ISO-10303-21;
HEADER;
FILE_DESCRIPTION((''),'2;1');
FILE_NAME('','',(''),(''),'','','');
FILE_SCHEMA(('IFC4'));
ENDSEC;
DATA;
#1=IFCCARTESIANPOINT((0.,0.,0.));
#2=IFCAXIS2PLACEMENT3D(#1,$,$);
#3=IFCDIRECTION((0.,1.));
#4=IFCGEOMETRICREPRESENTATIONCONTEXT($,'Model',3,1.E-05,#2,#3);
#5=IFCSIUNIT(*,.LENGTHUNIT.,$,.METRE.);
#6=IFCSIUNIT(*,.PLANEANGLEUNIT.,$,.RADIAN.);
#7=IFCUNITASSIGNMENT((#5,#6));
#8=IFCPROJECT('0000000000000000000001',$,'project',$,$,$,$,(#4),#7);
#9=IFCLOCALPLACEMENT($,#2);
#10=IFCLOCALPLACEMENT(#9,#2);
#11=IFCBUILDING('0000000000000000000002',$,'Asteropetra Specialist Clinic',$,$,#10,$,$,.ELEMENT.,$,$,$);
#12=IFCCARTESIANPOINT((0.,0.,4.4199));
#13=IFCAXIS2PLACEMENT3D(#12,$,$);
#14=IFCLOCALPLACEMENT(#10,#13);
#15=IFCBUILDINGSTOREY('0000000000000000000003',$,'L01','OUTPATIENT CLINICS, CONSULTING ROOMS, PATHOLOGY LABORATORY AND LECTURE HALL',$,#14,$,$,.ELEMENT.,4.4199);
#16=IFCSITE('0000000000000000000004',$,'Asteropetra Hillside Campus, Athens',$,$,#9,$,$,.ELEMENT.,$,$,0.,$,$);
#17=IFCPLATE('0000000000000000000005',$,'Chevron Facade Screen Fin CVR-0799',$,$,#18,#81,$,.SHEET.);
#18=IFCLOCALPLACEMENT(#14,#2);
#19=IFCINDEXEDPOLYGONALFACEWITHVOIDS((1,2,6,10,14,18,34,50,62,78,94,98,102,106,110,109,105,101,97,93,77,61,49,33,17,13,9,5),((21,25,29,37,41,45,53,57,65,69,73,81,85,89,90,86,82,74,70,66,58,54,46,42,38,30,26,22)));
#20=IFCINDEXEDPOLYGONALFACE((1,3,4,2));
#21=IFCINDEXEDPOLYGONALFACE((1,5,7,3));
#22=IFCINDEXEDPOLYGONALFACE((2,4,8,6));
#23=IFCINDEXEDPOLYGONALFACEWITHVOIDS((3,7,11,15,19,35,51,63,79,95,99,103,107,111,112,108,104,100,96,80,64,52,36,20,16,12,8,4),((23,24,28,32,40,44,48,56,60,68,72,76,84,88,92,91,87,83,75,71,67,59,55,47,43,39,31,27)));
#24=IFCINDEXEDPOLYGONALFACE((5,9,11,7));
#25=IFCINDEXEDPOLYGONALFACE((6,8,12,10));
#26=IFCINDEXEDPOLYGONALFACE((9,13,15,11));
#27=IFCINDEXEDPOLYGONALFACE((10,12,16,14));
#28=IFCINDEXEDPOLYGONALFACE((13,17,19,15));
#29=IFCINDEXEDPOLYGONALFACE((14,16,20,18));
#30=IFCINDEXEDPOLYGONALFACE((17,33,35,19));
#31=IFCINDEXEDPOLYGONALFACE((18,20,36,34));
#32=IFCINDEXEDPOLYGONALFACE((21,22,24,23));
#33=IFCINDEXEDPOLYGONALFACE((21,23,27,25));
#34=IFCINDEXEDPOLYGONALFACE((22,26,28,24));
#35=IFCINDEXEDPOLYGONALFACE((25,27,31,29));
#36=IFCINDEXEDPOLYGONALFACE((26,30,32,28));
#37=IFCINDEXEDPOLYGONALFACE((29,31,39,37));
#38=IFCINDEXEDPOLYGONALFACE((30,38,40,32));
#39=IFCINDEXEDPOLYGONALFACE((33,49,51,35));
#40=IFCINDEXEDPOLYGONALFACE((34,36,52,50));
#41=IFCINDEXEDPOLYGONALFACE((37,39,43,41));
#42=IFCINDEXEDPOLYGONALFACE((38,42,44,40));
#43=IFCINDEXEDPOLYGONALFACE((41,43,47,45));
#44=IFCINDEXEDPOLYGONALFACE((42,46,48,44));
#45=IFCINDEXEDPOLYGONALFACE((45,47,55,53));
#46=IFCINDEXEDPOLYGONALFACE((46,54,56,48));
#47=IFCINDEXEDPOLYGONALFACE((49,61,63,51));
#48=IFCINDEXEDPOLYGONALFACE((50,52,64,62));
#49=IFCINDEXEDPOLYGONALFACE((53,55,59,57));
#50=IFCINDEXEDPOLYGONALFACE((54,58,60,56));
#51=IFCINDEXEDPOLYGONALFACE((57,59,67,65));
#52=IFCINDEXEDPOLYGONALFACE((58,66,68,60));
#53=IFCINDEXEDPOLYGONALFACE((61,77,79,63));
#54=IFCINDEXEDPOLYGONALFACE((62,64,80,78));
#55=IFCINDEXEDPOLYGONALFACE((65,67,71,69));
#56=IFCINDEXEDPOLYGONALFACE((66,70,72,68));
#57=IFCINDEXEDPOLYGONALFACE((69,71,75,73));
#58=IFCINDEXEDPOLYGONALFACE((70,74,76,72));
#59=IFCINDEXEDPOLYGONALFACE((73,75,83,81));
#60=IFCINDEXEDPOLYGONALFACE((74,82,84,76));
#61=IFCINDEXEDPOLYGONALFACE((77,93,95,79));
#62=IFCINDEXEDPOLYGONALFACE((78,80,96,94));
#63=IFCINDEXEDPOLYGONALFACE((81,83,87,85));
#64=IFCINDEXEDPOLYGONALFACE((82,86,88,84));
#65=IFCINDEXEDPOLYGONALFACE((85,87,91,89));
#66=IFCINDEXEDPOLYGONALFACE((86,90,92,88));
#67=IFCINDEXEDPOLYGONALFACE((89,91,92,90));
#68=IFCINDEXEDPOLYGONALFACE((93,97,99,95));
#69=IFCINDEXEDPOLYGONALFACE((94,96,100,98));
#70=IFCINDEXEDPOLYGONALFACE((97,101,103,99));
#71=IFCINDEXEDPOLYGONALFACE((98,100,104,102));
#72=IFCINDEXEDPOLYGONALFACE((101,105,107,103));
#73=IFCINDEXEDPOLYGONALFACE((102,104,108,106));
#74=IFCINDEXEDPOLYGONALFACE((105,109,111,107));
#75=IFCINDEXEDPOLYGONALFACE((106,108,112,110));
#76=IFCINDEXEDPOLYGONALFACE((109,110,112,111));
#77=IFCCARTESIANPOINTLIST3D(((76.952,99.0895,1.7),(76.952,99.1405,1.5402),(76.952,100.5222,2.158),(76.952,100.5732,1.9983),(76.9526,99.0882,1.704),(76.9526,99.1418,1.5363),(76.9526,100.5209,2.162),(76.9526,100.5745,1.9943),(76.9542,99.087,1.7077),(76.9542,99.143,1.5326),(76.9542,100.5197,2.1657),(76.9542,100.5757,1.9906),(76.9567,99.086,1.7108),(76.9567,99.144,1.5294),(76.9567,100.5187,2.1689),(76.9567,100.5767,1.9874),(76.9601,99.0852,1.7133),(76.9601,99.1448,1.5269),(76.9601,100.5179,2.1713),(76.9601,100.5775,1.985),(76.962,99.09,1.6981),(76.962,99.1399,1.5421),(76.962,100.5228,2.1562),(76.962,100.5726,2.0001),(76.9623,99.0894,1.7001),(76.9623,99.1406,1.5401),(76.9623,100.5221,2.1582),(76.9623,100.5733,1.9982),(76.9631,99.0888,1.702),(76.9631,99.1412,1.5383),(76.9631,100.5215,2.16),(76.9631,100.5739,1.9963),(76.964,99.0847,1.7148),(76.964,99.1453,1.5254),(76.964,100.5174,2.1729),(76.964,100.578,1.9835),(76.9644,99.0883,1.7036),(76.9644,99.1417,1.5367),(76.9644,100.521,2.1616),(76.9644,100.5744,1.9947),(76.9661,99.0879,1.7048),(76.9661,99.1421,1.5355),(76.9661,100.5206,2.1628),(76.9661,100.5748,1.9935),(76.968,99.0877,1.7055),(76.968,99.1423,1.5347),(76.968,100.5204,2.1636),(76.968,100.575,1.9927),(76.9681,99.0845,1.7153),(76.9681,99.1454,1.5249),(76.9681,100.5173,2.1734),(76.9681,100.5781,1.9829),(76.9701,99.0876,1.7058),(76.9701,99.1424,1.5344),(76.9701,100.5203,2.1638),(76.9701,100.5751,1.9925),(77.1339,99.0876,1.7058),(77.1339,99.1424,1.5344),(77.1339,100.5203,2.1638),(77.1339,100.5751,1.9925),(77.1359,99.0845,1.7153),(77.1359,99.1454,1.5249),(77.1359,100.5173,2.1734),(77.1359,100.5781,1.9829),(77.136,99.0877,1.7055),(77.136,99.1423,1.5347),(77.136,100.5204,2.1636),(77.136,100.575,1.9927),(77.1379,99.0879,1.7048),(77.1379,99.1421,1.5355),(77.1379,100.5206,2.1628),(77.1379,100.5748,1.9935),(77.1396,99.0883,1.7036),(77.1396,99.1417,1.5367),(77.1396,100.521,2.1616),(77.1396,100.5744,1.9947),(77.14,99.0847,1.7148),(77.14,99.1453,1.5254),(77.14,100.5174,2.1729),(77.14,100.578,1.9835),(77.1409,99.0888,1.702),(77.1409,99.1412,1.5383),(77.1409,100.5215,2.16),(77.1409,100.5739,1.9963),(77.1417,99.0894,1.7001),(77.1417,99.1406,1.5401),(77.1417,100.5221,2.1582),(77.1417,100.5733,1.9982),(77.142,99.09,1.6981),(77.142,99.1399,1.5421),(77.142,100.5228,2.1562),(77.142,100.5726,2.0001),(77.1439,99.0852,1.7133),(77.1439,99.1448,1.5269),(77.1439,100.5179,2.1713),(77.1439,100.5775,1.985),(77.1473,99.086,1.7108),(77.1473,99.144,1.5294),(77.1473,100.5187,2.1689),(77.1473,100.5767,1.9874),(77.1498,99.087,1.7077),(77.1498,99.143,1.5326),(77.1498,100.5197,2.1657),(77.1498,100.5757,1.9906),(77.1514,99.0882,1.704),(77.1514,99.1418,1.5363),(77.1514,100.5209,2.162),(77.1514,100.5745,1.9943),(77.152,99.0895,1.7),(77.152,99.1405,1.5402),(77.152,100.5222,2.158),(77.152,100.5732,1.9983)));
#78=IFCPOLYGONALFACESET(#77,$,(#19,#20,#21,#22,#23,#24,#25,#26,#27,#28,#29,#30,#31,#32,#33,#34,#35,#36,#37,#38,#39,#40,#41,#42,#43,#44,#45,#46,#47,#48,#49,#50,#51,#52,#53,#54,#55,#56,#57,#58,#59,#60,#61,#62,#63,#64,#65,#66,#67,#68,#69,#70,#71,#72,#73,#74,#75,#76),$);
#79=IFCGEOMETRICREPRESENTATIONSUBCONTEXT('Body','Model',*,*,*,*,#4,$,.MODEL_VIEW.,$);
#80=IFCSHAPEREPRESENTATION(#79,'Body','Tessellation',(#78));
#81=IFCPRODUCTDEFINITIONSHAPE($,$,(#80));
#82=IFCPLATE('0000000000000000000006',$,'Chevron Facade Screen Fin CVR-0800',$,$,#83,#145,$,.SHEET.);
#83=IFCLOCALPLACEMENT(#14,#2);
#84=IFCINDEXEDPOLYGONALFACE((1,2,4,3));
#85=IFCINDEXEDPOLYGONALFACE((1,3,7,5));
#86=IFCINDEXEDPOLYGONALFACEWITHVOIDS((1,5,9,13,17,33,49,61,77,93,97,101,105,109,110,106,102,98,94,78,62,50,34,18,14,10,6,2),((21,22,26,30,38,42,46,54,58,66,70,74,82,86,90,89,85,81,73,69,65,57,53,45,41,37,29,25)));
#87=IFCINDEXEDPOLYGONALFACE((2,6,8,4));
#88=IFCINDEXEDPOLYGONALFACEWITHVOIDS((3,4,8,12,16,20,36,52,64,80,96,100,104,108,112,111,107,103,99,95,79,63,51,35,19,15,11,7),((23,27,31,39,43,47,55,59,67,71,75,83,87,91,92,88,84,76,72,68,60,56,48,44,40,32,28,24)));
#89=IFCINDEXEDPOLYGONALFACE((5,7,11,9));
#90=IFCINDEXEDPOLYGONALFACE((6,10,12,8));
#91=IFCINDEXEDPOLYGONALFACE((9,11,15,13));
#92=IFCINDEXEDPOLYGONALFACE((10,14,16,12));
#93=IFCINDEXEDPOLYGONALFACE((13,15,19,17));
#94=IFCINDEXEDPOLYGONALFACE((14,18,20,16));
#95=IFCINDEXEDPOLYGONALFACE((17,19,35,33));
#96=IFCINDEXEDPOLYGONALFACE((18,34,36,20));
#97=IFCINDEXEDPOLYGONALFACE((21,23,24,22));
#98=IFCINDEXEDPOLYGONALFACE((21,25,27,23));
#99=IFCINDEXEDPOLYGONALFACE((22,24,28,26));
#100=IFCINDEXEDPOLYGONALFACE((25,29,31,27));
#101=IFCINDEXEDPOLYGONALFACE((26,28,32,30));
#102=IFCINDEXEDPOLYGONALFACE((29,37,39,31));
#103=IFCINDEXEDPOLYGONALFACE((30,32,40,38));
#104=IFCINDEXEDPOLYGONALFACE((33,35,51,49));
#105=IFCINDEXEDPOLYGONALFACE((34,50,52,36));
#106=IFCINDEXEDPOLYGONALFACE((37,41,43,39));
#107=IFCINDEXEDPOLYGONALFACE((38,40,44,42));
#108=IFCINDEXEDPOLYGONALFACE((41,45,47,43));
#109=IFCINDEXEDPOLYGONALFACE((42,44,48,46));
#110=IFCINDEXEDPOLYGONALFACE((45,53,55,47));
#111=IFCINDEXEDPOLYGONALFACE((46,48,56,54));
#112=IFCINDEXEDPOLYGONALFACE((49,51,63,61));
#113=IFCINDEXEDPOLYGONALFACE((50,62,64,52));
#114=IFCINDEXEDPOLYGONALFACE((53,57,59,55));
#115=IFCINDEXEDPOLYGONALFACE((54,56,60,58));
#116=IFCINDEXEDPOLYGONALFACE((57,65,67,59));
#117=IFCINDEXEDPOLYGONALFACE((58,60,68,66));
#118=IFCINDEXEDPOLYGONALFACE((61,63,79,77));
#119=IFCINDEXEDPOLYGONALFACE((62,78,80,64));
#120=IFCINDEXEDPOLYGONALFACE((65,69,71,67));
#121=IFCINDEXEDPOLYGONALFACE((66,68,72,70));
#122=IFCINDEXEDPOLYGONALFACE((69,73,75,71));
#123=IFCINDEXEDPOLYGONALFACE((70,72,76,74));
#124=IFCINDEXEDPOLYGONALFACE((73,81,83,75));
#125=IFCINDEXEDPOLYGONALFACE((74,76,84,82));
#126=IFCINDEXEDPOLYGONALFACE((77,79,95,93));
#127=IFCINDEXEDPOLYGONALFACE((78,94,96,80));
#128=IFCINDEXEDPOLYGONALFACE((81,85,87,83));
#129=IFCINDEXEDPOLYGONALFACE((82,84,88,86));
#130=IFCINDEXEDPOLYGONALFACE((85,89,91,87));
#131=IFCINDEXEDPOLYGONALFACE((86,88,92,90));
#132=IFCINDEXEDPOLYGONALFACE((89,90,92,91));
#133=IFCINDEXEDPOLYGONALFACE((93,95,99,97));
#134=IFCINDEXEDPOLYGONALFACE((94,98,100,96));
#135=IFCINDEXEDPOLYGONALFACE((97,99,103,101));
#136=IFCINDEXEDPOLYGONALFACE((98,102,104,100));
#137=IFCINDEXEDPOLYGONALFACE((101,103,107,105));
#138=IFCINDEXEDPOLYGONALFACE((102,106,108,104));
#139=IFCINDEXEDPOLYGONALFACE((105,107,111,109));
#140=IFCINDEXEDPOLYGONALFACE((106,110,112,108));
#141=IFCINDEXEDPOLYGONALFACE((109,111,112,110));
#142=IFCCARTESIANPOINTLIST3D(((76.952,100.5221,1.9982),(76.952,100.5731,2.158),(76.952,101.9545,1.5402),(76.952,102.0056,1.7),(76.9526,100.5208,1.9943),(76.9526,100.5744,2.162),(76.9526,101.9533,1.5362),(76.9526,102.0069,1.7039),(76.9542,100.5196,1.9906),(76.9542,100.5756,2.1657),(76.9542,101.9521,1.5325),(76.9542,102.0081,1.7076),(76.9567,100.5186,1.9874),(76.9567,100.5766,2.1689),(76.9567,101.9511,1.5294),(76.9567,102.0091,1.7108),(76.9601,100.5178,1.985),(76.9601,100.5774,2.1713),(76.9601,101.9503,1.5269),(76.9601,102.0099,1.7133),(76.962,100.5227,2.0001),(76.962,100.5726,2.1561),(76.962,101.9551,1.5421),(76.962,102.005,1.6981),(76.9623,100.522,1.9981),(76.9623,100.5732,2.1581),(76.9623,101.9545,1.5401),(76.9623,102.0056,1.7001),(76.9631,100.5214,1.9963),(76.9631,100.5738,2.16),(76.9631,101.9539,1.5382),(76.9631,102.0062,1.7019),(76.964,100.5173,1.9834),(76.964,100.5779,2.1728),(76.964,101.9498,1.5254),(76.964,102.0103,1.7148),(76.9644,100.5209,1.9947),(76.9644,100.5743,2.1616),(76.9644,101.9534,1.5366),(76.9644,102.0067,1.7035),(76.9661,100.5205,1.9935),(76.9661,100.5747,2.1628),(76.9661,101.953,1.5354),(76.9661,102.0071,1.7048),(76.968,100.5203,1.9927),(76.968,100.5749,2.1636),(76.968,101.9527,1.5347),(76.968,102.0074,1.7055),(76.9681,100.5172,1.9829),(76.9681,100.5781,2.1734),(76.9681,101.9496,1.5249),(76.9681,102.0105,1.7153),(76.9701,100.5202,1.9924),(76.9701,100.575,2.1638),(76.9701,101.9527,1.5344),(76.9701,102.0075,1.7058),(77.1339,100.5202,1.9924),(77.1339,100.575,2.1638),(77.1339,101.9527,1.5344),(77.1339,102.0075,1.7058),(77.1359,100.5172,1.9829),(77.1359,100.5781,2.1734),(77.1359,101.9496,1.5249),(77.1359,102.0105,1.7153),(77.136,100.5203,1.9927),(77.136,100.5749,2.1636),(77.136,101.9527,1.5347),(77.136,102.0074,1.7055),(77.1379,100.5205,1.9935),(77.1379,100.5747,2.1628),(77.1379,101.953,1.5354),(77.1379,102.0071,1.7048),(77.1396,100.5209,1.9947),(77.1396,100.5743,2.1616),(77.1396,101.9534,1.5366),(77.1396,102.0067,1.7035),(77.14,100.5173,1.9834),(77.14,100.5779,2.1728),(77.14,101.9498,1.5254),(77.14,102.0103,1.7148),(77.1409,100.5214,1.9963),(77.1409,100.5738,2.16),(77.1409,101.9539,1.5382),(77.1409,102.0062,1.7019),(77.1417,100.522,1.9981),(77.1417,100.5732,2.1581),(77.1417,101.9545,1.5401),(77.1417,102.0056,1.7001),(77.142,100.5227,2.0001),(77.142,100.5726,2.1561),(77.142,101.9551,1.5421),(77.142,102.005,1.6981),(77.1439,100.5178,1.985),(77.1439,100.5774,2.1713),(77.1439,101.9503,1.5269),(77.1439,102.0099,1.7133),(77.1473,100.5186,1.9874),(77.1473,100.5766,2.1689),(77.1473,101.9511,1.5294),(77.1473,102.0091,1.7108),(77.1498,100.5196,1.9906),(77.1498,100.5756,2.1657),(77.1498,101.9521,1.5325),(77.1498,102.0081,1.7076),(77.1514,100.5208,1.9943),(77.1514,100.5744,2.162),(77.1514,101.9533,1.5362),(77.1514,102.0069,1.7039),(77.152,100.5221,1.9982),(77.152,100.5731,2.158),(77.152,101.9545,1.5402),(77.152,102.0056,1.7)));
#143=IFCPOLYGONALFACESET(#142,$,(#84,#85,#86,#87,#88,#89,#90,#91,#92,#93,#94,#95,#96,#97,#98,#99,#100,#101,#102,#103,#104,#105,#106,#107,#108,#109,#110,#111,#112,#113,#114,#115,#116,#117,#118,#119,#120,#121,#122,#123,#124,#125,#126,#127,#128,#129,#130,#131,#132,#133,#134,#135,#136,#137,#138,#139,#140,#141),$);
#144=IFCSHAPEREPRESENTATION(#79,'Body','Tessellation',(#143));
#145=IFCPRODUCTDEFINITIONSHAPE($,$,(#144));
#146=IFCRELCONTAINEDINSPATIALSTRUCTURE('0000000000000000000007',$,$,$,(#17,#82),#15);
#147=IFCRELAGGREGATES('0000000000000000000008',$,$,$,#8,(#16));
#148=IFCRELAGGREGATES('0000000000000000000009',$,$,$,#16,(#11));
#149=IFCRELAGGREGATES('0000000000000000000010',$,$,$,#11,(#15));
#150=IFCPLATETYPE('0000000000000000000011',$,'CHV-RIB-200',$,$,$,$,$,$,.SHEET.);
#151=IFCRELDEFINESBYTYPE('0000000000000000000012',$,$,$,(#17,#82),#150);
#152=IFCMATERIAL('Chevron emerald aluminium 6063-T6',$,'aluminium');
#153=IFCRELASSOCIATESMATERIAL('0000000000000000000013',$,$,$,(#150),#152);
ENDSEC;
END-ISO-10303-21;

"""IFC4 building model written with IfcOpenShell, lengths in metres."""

from ifc_helpers import new_model, si_unit, direction, frame, origin, origin_2d, place, context, subcontext, project, spatial, hollow_rectangle, extrude, material, material_profile, profile_set, type_object, element, save


model = new_model("IFC4")

# Units and contexts
model_context = context("Model", 3, precision=1e-05, world=origin(), true_north=direction((0.0, 1.0)))
body_context = subcontext(model_context, "Body", "Model", "MODEL_VIEW")
ifc_project = project(units=[si_unit("LENGTHUNIT", "METRE"), si_unit("PLANEANGLEUNIT", "RADIAN")], contexts=[model_context])

# Site, building, storey
site_placement = place(None, origin())
site = spatial("IfcSite", under=ifc_project, at=site_placement, Name="Asteropetra Hillside Campus, Athens", CompositionType="ELEMENT", RefElevation=0.0)
building_placement = place(site_placement, origin())
building = spatial("IfcBuilding", under=site, at=building_placement, Name="Asteropetra Specialist Clinic", CompositionType="ELEMENT")
storey_placement = place(building_placement, frame((0.0, 0.0, 4.4199)))
storey = spatial("IfcBuildingStorey", under=building, at=storey_placement, Name="L01", Description="OUTPATIENT CLINICS, CONSULTING ROOMS, PATHOLOGY LABORATORY AND LECTURE HALL", CompositionType="ELEMENT", Elevation=4.4199)

# Plates
ifc_material_1 = material(Name="Chevron emerald aluminium 6063-T6", Category="aluminium")
ifc_material_profile = material_profile(ifc_material_1, hollow_rectangle(XDim=0.2, YDim=0.2, WallThickness=0.01, InnerFilletRadius=0.0081, OuterFilletRadius=0.0161, at=origin_2d()), Name="SHS 200x200x10.0")
ifc_profile_set = profile_set([ifc_material_profile], Name="Chevron emerald aluminium 6063-T6")
plate_type_1 = type_object("IfcPlateType", Name="CHV-RIB-200", PredefinedType="SHEET", material=ifc_profile_set)
plate_1_placement = place(storey_placement, frame((77.052, 99.115, 1.6201), z_axis=(0.0, 0.952507, 0.304517), x_axis=(-1.0, 0.0, 0.0)))
element("IfcPlate", 1, at=plate_1_placement, inside=storey, type_object=plate_type_1, Name="Chevron Facade Screen Fin CVR-0799", PredefinedType="SHEET", context=body_context, shape_type="SweptSolid", body=[
    extrude(hollow_rectangle(XDim=0.2, YDim=0.2, WallThickness=0.01, InnerFilletRadius=0.0081, OuterFilletRadius=0.0161, at=origin_2d()), origin(), (0.0, 0.0, 1.0), 1.5042),
])
plate_2_placement = place(storey_placement, frame((77.052, 100.5476, 2.0781), z_axis=(0.0, 0.952492, -0.304564), x_axis=(-1.0, 0.0, 0.0)))
element("IfcPlate", 2, at=plate_2_placement, inside=storey, type_object=plate_type_1, Name="Chevron Facade Screen Fin CVR-0800", PredefinedType="SHEET", context=body_context, shape_type="SweptSolid", body=[
    extrude(hollow_rectangle(XDim=0.2, YDim=0.2, WallThickness=0.01, InnerFilletRadius=0.0081, OuterFilletRadius=0.0161, at=origin_2d()), origin(), (0.0, 0.0, 1.0), 1.5039),
])

save(model, "model.ifc")
